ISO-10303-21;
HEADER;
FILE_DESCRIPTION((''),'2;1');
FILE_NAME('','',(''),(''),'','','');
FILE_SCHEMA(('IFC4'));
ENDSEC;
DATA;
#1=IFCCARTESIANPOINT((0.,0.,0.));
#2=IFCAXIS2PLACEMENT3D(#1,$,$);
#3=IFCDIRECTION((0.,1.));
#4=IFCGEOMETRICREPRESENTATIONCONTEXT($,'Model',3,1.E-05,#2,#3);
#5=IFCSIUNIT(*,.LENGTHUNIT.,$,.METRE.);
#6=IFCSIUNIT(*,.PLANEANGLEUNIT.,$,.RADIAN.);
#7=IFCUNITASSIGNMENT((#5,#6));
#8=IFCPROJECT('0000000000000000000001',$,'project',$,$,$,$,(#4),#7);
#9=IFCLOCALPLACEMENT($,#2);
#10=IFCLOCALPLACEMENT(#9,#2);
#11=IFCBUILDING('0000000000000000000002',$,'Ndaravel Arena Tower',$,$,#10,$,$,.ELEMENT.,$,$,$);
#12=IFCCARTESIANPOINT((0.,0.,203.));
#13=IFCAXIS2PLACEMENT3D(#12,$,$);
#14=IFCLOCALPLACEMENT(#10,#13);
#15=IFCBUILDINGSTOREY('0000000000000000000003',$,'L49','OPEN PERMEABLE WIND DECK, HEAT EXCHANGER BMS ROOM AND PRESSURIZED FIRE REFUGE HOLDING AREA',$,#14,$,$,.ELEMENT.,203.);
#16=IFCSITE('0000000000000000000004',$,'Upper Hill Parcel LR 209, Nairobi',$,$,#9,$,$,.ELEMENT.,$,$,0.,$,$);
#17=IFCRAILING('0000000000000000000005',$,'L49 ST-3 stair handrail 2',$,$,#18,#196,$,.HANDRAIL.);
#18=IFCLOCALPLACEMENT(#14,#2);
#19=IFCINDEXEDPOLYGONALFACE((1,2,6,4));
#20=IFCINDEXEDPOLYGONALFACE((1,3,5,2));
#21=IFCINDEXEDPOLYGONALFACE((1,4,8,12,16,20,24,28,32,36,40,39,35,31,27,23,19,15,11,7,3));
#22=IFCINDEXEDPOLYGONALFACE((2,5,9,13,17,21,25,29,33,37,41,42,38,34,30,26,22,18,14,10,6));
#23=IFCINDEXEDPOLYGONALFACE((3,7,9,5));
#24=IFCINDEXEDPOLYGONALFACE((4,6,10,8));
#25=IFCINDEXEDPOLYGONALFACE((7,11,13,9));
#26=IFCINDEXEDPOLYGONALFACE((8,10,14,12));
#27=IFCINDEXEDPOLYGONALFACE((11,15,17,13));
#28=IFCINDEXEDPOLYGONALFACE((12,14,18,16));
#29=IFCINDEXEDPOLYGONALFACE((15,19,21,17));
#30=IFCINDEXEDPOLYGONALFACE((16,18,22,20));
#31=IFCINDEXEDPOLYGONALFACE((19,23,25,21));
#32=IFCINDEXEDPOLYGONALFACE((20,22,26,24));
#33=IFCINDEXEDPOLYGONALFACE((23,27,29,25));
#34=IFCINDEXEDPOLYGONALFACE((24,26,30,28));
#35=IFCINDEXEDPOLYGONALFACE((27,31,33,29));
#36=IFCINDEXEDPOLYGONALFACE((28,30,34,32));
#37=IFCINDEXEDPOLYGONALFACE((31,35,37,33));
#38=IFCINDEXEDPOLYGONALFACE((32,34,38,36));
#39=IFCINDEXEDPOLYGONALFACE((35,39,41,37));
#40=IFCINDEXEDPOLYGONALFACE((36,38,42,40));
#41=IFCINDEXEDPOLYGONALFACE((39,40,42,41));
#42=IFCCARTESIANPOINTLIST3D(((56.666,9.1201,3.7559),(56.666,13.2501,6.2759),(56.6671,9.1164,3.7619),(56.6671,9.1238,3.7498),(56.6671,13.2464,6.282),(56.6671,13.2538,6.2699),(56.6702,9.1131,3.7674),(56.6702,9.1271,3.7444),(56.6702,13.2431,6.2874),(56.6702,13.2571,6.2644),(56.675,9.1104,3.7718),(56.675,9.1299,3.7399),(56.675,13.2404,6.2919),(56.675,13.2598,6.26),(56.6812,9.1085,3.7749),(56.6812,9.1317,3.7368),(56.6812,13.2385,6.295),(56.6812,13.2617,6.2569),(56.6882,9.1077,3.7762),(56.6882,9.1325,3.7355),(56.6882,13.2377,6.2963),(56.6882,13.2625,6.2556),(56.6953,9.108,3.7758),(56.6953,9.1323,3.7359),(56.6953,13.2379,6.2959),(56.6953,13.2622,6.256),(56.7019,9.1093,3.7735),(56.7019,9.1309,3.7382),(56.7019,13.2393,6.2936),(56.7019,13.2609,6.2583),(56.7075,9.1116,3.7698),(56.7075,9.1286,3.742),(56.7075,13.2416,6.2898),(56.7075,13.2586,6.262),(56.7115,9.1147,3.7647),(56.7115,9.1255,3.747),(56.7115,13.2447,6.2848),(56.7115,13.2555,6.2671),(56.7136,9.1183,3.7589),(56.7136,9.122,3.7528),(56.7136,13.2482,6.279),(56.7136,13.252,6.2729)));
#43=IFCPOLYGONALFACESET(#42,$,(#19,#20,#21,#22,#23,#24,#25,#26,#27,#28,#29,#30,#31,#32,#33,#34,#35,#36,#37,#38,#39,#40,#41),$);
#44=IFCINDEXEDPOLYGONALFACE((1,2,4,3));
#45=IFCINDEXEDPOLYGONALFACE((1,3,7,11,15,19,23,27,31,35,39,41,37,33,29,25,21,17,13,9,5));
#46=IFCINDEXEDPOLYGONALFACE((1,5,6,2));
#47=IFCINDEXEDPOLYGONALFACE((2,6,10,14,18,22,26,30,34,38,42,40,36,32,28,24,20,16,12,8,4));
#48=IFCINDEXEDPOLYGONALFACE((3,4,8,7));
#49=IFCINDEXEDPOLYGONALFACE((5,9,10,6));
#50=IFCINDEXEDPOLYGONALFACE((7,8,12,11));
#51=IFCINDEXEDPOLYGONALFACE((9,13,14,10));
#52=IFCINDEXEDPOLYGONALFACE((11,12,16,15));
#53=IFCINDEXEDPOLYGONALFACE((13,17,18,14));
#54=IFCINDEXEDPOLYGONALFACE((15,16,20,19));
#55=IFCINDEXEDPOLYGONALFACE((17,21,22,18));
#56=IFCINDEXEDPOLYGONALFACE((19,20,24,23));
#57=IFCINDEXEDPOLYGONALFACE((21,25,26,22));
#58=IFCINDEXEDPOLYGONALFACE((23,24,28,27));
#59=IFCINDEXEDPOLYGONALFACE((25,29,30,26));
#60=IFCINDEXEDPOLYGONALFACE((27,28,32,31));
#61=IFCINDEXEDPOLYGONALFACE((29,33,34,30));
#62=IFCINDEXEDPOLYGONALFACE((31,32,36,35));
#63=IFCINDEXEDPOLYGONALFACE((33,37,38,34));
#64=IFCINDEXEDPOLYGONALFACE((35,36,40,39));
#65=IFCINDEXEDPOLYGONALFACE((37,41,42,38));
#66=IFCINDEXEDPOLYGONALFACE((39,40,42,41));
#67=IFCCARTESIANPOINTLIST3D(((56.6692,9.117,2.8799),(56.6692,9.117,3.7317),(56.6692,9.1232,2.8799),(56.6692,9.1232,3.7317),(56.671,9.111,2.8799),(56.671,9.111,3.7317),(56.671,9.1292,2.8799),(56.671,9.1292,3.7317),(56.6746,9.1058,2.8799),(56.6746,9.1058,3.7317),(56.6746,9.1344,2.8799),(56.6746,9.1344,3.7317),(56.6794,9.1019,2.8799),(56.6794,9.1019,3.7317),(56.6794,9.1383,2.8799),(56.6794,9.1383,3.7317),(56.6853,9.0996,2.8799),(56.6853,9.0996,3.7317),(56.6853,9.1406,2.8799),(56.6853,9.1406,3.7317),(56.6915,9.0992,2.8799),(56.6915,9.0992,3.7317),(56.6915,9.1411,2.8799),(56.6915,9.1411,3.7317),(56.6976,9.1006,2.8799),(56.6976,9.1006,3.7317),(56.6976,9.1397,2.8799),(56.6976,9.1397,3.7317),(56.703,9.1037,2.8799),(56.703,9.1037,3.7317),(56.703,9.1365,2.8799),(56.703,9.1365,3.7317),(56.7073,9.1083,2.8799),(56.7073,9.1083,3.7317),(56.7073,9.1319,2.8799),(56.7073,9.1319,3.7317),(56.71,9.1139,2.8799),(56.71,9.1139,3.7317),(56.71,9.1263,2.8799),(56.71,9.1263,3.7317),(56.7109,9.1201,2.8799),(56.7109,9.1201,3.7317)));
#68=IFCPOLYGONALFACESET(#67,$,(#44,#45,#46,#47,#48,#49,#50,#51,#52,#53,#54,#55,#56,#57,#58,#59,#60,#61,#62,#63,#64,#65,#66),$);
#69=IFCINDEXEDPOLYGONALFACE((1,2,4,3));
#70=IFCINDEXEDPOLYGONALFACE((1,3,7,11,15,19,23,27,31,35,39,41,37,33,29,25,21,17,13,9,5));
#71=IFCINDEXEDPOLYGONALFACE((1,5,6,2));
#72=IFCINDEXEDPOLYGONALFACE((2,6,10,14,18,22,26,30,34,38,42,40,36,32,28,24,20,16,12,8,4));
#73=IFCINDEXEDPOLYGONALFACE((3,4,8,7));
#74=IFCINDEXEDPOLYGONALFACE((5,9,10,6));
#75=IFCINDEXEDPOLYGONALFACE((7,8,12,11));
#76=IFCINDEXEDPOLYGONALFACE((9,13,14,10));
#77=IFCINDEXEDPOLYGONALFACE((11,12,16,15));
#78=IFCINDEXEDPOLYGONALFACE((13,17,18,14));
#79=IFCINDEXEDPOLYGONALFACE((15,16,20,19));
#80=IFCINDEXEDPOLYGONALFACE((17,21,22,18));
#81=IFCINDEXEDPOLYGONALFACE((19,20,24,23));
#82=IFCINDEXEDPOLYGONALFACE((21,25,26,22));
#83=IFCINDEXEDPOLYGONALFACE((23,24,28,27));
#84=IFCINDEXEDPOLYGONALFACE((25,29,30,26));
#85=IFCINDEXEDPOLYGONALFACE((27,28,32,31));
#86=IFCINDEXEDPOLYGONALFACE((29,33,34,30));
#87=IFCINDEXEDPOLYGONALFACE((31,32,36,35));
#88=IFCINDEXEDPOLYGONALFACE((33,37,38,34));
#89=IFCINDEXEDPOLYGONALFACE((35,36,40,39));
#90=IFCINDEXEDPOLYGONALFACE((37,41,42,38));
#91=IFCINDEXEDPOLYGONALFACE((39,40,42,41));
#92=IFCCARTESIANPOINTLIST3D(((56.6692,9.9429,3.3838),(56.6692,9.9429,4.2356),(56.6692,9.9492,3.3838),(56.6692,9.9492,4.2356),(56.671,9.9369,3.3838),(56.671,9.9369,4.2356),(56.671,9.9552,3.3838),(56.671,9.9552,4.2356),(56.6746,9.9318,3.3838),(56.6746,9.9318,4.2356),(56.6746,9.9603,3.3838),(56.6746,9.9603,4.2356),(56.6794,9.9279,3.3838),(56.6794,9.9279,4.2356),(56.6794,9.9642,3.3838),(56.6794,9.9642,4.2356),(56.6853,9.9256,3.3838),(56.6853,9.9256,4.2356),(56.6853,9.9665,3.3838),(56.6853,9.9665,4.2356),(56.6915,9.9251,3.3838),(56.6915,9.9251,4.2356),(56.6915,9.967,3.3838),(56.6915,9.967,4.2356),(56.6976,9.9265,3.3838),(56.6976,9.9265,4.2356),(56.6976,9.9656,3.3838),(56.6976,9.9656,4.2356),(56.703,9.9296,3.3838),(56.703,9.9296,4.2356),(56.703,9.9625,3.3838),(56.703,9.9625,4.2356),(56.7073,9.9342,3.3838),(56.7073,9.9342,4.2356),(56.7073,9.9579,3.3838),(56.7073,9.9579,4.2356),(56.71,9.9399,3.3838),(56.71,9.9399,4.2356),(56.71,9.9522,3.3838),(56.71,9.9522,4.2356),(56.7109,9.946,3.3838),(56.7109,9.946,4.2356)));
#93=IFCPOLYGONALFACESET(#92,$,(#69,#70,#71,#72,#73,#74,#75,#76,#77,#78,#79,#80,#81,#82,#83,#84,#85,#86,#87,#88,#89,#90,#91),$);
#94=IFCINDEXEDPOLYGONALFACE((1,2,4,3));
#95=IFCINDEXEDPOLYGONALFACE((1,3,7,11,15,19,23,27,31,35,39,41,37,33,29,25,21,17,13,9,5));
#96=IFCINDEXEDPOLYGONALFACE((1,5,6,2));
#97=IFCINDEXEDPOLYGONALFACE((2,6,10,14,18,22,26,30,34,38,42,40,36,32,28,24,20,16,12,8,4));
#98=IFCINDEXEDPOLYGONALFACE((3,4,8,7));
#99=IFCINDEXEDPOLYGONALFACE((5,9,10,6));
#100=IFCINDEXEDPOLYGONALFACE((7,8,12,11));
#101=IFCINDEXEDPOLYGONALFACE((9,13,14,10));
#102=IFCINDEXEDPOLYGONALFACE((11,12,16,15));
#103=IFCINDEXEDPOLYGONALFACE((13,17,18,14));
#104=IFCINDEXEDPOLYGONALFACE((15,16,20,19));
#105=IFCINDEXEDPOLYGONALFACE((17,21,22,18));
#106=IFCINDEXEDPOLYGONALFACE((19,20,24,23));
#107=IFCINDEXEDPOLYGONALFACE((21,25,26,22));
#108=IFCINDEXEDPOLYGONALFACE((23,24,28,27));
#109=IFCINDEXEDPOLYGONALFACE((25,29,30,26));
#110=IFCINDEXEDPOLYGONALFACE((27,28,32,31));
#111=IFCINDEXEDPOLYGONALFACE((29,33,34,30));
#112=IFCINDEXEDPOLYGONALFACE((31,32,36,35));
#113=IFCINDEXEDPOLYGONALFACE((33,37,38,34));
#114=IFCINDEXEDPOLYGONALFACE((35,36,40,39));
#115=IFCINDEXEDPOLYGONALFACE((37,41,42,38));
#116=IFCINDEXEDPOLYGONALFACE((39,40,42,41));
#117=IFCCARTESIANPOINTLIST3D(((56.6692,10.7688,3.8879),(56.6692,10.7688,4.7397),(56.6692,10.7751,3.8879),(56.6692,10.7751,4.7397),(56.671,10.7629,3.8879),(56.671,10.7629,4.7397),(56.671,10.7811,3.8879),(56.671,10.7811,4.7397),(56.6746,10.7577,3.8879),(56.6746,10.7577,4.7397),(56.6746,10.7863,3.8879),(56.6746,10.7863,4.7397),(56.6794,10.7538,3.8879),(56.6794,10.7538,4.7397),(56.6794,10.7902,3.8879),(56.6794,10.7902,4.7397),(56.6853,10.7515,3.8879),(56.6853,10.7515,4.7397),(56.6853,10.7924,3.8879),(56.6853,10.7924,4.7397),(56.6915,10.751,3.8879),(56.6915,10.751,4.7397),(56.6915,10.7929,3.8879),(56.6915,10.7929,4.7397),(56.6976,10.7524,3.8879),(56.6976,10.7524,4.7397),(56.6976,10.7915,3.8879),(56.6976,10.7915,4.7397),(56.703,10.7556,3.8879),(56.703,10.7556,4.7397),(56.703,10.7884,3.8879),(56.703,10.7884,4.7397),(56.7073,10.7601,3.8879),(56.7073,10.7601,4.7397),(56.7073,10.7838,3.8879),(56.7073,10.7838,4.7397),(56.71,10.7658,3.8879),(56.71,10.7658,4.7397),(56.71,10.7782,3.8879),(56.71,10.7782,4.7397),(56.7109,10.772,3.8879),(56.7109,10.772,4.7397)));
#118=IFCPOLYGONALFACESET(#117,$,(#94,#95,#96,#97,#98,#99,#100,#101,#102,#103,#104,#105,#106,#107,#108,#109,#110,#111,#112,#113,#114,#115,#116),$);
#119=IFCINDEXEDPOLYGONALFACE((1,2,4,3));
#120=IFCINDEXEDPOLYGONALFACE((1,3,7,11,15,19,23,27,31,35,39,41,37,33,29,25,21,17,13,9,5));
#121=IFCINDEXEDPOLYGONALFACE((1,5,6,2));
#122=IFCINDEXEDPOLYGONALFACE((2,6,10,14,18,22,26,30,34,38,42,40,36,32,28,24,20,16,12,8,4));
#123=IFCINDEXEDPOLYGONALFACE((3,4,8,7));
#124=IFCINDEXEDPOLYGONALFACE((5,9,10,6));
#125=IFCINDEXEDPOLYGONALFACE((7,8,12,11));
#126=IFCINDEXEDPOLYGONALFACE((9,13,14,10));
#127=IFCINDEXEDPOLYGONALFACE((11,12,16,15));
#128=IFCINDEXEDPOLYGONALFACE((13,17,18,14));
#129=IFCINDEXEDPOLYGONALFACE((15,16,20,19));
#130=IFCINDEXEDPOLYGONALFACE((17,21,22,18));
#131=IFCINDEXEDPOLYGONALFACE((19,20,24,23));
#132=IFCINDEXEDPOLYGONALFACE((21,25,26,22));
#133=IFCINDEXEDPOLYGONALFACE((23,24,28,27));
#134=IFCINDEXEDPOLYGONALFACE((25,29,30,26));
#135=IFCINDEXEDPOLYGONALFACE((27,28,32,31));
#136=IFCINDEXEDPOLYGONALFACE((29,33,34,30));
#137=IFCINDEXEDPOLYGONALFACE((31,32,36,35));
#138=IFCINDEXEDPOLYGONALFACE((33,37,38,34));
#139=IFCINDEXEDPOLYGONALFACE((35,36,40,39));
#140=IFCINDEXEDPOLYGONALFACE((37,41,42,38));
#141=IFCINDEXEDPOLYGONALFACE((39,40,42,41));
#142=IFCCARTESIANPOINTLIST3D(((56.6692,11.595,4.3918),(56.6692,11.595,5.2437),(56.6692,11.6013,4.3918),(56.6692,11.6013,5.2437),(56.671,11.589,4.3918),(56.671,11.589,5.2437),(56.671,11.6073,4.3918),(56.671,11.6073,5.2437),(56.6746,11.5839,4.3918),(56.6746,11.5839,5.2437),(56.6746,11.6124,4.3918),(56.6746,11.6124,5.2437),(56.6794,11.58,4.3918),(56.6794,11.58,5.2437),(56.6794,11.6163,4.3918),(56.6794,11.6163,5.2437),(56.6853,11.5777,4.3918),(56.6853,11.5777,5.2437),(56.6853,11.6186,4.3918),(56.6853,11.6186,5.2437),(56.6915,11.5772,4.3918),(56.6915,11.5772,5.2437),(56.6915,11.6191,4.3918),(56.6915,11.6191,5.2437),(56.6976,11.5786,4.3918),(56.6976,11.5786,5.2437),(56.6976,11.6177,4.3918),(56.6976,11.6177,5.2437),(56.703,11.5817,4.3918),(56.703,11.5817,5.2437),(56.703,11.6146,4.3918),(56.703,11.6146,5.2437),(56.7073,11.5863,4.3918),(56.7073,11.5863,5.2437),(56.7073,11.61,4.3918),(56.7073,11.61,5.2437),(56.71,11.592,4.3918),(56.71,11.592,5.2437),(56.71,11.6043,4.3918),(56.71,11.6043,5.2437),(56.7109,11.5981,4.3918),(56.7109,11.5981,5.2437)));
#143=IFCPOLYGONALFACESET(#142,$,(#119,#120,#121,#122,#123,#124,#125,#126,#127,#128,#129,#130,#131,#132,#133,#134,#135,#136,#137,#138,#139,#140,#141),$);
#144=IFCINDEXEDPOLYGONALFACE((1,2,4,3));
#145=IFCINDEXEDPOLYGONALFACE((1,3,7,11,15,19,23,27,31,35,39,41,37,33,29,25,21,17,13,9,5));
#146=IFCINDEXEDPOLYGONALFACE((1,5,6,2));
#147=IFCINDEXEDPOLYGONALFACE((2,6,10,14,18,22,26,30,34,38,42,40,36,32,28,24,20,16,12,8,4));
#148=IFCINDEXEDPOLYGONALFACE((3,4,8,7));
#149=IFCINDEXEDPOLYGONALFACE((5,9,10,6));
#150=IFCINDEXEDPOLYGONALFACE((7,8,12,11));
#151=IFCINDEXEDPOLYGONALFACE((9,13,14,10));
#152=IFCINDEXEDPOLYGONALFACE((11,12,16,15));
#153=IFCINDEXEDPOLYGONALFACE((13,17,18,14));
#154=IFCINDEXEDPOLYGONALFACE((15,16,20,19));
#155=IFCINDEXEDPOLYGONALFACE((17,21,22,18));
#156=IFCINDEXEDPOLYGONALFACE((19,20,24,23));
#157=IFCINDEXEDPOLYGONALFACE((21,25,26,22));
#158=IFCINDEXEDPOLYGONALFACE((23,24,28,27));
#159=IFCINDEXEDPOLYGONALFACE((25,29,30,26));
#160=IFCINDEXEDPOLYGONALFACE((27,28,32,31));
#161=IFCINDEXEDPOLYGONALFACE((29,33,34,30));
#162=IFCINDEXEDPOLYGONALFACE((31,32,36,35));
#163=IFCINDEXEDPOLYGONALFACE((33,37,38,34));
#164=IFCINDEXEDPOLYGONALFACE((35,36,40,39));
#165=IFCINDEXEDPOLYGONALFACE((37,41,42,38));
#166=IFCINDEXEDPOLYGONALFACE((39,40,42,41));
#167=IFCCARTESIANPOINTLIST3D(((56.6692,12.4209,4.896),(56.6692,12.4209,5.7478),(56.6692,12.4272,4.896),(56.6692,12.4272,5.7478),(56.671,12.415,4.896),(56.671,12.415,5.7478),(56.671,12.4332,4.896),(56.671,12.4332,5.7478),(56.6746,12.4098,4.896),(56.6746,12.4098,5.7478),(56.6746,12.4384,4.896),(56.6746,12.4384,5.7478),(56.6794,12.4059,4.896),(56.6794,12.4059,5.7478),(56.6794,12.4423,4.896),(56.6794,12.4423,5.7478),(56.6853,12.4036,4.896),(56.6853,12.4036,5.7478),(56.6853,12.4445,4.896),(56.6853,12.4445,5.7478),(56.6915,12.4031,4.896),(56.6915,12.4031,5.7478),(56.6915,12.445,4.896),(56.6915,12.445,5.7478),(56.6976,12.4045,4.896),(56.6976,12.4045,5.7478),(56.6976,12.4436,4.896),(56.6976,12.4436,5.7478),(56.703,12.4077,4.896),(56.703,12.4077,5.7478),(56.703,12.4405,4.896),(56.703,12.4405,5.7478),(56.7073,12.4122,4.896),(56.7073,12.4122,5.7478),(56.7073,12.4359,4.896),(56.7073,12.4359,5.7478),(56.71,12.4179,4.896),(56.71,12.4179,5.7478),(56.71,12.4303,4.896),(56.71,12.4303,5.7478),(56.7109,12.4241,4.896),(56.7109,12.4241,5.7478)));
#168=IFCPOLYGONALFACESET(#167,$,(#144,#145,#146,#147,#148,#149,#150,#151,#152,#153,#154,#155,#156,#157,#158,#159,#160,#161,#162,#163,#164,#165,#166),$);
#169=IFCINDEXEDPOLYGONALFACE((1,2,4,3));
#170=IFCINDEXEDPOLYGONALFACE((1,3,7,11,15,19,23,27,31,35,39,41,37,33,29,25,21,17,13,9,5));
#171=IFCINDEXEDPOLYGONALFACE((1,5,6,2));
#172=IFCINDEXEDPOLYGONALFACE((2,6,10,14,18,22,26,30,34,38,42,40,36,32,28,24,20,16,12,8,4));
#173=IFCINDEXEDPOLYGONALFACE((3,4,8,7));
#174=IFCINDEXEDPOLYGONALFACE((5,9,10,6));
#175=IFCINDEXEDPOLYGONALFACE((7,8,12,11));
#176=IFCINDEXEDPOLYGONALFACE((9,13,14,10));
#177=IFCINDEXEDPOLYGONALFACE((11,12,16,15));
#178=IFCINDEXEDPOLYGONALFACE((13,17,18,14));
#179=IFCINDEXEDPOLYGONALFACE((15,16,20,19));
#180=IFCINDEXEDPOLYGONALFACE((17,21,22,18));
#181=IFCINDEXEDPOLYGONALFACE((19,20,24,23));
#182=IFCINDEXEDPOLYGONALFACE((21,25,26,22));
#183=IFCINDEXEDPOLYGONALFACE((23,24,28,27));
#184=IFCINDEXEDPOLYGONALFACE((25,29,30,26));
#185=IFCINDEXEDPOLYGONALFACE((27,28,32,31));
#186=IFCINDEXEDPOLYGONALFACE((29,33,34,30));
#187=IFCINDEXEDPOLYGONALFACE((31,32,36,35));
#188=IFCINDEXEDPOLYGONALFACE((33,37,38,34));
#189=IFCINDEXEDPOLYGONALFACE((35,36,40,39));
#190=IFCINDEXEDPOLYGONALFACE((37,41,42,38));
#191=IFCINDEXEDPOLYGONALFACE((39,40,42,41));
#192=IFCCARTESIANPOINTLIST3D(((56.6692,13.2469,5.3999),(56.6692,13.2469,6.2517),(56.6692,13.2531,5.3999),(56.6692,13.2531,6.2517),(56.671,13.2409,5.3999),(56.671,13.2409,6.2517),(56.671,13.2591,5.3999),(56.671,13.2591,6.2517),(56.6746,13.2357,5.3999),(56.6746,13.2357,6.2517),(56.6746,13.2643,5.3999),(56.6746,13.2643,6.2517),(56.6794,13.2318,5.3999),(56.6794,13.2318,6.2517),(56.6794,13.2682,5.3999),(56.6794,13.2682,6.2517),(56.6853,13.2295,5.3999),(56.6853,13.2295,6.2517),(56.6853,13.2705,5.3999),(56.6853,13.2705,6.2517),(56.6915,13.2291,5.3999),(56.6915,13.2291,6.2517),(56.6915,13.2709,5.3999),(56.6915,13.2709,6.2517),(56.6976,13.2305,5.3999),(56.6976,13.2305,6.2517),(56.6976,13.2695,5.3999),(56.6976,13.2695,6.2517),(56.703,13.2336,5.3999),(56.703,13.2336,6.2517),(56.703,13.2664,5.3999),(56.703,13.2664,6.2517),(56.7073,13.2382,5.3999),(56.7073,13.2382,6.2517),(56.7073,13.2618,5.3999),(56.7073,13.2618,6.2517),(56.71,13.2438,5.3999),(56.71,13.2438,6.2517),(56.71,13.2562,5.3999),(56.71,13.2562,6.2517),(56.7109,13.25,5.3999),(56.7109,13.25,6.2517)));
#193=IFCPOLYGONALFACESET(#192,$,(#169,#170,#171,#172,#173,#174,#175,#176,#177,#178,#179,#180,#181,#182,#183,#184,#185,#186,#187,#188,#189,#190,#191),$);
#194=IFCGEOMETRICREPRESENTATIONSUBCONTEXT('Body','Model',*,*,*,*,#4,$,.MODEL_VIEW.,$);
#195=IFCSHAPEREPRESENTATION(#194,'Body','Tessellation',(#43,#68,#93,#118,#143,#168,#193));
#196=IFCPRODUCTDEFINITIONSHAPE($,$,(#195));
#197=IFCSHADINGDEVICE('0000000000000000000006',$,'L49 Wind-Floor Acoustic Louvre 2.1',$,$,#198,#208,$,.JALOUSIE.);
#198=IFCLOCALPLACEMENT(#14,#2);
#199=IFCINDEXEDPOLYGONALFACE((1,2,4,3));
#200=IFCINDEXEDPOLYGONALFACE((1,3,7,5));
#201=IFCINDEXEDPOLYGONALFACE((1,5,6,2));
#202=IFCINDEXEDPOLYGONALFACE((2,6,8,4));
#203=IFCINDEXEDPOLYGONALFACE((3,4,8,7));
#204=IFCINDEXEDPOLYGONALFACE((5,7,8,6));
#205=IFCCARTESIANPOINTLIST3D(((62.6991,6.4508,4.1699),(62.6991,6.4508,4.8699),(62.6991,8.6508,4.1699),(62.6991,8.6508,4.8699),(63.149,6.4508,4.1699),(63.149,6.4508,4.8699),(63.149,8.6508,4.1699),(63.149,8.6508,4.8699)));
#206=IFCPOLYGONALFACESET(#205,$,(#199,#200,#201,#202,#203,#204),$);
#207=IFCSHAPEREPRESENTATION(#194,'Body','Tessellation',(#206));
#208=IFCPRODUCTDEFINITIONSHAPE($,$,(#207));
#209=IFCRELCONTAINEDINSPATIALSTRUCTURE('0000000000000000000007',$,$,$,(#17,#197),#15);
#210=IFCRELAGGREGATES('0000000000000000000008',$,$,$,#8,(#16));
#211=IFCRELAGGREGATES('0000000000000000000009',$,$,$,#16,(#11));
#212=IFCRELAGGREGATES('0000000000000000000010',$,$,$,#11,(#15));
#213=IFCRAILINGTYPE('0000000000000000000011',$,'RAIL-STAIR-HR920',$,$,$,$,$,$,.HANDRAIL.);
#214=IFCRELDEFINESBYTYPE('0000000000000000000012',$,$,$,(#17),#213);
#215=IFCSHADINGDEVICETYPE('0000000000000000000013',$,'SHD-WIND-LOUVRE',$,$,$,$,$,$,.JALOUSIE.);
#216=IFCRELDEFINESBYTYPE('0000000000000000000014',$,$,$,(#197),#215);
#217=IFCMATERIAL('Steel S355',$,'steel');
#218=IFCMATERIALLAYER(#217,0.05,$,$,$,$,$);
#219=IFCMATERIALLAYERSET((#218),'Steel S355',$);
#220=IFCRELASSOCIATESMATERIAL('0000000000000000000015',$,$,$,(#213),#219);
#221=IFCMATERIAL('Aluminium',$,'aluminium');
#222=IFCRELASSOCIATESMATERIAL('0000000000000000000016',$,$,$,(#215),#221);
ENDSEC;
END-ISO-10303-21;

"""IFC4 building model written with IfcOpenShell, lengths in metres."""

from ifc_helpers import new_model, si_unit, direction, frame, origin, origin_2d, place, context, subcontext, project, spatial, rectangle, circle, extrude, material, layer, layer_set, type_object, element, save


model = new_model("IFC4")

# Units and contexts
model_context = context("Model", 3, precision=1e-05, world=origin(), true_north=direction((0.0, 1.0)))
body_context = subcontext(model_context, "Body", "Model", "MODEL_VIEW")
ifc_project = project(units=[si_unit("LENGTHUNIT", "METRE"), si_unit("PLANEANGLEUNIT", "RADIAN")], contexts=[model_context])

# Site, building, storey
site_placement = place(None, origin())
site = spatial("IfcSite", under=ifc_project, at=site_placement, Name="Upper Hill Parcel LR 209, Nairobi", CompositionType="ELEMENT", RefElevation=0.0)
building_placement = place(site_placement, origin())
building = spatial("IfcBuilding", under=site, at=building_placement, Name="Ndaravel Arena Tower", CompositionType="ELEMENT")
storey_placement = place(building_placement, frame((0.0, 0.0, 203.0)))
storey = spatial("IfcBuildingStorey", under=building, at=storey_placement, Name="L49", Description="OPEN PERMEABLE WIND DECK, HEAT EXCHANGER BMS ROOM AND PRESSURIZED FIRE REFUGE HOLDING AREA", CompositionType="ELEMENT", Elevation=203.0)

# Railing
ifc_material_1 = material(Name="Steel S355", Category="steel")
ifc_layer_1 = layer(ifc_material_1, 0.05)
ifc_layer_set_1 = layer_set([ifc_layer_1], Name="Steel S355")
railing_type_1 = type_object("IfcRailingType", Name="RAIL-STAIR-HR920", PredefinedType="HANDRAIL", material=ifc_layer_set_1)
railing_1_placement = place(storey_placement, frame((56.6899, 9.1201, 2.8799)))
element("IfcRailing", 1, at=railing_1_placement, inside=storey, type_object=railing_type_1, Name="L49 ST-3 stair handrail 2", PredefinedType="HANDRAIL", context=body_context, shape_type="SweptSolid", body=[
    extrude(circle(Radius=0.0239, at=origin_2d()), frame((0.0, 0.0, 0.876), z_axis=(0.0, 0.853631, 0.520878), x_axis=(-1.0, 0.0, 0.0)), (0.0, 0.0, 1.0), 4.8381),
    extrude(circle(Radius=0.021, at=origin_2d()), origin(), (0.0, 0.0, 1.0), 0.8518),
    extrude(circle(Radius=0.021, at=origin_2d()), frame((0.0, 0.8259, 0.5039)), (0.0, 0.0, 1.0), 0.8518),
    extrude(circle(Radius=0.021, at=origin_2d()), frame((0.0, 1.6519, 1.0081)), (0.0, 0.0, 1.0), 0.8518),
    extrude(circle(Radius=0.021, at=origin_2d()), frame((0.0, 2.478, 1.512)), (0.0, 0.0, 1.0), 0.8518),
    extrude(circle(Radius=0.021, at=origin_2d()), frame((0.0, 3.304, 2.0161)), (0.0, 0.0, 1.0), 0.8518),
    extrude(circle(Radius=0.021, at=origin_2d()), frame((0.0, 4.1299, 2.52)), (0.0, 0.0, 1.0), 0.8518),
])

# Shading device
ifc_material_2 = material(Name="Aluminium", Category="aluminium")
shading_device_type = type_object("IfcShadingDeviceType", Name="SHD-WIND-LOUVRE", PredefinedType="JALOUSIE", material=ifc_material_2)
for number, where, z_axis, x_axis, name in (
    (2, (62.9241, 7.5508, 4.1699), (0.0, 0.0, 1.0), (1.0, 0.0, 0.0), "L49 Wind-Floor Acoustic Louvre 2.1"),
):
    element("IfcShadingDevice", number, at=place(storey_placement, frame(where, z_axis=z_axis, x_axis=x_axis)), inside=storey, type_object=shading_device_type, Name=name, PredefinedType="JALOUSIE", context=body_context, shape_type="SweptSolid", body=[
        extrude(rectangle(XDim=0.45, YDim=2.2, at=origin_2d()), origin(), (0.0, 0.0, 1.0), 0.7),
    ])

save(model, "model.ifc")
